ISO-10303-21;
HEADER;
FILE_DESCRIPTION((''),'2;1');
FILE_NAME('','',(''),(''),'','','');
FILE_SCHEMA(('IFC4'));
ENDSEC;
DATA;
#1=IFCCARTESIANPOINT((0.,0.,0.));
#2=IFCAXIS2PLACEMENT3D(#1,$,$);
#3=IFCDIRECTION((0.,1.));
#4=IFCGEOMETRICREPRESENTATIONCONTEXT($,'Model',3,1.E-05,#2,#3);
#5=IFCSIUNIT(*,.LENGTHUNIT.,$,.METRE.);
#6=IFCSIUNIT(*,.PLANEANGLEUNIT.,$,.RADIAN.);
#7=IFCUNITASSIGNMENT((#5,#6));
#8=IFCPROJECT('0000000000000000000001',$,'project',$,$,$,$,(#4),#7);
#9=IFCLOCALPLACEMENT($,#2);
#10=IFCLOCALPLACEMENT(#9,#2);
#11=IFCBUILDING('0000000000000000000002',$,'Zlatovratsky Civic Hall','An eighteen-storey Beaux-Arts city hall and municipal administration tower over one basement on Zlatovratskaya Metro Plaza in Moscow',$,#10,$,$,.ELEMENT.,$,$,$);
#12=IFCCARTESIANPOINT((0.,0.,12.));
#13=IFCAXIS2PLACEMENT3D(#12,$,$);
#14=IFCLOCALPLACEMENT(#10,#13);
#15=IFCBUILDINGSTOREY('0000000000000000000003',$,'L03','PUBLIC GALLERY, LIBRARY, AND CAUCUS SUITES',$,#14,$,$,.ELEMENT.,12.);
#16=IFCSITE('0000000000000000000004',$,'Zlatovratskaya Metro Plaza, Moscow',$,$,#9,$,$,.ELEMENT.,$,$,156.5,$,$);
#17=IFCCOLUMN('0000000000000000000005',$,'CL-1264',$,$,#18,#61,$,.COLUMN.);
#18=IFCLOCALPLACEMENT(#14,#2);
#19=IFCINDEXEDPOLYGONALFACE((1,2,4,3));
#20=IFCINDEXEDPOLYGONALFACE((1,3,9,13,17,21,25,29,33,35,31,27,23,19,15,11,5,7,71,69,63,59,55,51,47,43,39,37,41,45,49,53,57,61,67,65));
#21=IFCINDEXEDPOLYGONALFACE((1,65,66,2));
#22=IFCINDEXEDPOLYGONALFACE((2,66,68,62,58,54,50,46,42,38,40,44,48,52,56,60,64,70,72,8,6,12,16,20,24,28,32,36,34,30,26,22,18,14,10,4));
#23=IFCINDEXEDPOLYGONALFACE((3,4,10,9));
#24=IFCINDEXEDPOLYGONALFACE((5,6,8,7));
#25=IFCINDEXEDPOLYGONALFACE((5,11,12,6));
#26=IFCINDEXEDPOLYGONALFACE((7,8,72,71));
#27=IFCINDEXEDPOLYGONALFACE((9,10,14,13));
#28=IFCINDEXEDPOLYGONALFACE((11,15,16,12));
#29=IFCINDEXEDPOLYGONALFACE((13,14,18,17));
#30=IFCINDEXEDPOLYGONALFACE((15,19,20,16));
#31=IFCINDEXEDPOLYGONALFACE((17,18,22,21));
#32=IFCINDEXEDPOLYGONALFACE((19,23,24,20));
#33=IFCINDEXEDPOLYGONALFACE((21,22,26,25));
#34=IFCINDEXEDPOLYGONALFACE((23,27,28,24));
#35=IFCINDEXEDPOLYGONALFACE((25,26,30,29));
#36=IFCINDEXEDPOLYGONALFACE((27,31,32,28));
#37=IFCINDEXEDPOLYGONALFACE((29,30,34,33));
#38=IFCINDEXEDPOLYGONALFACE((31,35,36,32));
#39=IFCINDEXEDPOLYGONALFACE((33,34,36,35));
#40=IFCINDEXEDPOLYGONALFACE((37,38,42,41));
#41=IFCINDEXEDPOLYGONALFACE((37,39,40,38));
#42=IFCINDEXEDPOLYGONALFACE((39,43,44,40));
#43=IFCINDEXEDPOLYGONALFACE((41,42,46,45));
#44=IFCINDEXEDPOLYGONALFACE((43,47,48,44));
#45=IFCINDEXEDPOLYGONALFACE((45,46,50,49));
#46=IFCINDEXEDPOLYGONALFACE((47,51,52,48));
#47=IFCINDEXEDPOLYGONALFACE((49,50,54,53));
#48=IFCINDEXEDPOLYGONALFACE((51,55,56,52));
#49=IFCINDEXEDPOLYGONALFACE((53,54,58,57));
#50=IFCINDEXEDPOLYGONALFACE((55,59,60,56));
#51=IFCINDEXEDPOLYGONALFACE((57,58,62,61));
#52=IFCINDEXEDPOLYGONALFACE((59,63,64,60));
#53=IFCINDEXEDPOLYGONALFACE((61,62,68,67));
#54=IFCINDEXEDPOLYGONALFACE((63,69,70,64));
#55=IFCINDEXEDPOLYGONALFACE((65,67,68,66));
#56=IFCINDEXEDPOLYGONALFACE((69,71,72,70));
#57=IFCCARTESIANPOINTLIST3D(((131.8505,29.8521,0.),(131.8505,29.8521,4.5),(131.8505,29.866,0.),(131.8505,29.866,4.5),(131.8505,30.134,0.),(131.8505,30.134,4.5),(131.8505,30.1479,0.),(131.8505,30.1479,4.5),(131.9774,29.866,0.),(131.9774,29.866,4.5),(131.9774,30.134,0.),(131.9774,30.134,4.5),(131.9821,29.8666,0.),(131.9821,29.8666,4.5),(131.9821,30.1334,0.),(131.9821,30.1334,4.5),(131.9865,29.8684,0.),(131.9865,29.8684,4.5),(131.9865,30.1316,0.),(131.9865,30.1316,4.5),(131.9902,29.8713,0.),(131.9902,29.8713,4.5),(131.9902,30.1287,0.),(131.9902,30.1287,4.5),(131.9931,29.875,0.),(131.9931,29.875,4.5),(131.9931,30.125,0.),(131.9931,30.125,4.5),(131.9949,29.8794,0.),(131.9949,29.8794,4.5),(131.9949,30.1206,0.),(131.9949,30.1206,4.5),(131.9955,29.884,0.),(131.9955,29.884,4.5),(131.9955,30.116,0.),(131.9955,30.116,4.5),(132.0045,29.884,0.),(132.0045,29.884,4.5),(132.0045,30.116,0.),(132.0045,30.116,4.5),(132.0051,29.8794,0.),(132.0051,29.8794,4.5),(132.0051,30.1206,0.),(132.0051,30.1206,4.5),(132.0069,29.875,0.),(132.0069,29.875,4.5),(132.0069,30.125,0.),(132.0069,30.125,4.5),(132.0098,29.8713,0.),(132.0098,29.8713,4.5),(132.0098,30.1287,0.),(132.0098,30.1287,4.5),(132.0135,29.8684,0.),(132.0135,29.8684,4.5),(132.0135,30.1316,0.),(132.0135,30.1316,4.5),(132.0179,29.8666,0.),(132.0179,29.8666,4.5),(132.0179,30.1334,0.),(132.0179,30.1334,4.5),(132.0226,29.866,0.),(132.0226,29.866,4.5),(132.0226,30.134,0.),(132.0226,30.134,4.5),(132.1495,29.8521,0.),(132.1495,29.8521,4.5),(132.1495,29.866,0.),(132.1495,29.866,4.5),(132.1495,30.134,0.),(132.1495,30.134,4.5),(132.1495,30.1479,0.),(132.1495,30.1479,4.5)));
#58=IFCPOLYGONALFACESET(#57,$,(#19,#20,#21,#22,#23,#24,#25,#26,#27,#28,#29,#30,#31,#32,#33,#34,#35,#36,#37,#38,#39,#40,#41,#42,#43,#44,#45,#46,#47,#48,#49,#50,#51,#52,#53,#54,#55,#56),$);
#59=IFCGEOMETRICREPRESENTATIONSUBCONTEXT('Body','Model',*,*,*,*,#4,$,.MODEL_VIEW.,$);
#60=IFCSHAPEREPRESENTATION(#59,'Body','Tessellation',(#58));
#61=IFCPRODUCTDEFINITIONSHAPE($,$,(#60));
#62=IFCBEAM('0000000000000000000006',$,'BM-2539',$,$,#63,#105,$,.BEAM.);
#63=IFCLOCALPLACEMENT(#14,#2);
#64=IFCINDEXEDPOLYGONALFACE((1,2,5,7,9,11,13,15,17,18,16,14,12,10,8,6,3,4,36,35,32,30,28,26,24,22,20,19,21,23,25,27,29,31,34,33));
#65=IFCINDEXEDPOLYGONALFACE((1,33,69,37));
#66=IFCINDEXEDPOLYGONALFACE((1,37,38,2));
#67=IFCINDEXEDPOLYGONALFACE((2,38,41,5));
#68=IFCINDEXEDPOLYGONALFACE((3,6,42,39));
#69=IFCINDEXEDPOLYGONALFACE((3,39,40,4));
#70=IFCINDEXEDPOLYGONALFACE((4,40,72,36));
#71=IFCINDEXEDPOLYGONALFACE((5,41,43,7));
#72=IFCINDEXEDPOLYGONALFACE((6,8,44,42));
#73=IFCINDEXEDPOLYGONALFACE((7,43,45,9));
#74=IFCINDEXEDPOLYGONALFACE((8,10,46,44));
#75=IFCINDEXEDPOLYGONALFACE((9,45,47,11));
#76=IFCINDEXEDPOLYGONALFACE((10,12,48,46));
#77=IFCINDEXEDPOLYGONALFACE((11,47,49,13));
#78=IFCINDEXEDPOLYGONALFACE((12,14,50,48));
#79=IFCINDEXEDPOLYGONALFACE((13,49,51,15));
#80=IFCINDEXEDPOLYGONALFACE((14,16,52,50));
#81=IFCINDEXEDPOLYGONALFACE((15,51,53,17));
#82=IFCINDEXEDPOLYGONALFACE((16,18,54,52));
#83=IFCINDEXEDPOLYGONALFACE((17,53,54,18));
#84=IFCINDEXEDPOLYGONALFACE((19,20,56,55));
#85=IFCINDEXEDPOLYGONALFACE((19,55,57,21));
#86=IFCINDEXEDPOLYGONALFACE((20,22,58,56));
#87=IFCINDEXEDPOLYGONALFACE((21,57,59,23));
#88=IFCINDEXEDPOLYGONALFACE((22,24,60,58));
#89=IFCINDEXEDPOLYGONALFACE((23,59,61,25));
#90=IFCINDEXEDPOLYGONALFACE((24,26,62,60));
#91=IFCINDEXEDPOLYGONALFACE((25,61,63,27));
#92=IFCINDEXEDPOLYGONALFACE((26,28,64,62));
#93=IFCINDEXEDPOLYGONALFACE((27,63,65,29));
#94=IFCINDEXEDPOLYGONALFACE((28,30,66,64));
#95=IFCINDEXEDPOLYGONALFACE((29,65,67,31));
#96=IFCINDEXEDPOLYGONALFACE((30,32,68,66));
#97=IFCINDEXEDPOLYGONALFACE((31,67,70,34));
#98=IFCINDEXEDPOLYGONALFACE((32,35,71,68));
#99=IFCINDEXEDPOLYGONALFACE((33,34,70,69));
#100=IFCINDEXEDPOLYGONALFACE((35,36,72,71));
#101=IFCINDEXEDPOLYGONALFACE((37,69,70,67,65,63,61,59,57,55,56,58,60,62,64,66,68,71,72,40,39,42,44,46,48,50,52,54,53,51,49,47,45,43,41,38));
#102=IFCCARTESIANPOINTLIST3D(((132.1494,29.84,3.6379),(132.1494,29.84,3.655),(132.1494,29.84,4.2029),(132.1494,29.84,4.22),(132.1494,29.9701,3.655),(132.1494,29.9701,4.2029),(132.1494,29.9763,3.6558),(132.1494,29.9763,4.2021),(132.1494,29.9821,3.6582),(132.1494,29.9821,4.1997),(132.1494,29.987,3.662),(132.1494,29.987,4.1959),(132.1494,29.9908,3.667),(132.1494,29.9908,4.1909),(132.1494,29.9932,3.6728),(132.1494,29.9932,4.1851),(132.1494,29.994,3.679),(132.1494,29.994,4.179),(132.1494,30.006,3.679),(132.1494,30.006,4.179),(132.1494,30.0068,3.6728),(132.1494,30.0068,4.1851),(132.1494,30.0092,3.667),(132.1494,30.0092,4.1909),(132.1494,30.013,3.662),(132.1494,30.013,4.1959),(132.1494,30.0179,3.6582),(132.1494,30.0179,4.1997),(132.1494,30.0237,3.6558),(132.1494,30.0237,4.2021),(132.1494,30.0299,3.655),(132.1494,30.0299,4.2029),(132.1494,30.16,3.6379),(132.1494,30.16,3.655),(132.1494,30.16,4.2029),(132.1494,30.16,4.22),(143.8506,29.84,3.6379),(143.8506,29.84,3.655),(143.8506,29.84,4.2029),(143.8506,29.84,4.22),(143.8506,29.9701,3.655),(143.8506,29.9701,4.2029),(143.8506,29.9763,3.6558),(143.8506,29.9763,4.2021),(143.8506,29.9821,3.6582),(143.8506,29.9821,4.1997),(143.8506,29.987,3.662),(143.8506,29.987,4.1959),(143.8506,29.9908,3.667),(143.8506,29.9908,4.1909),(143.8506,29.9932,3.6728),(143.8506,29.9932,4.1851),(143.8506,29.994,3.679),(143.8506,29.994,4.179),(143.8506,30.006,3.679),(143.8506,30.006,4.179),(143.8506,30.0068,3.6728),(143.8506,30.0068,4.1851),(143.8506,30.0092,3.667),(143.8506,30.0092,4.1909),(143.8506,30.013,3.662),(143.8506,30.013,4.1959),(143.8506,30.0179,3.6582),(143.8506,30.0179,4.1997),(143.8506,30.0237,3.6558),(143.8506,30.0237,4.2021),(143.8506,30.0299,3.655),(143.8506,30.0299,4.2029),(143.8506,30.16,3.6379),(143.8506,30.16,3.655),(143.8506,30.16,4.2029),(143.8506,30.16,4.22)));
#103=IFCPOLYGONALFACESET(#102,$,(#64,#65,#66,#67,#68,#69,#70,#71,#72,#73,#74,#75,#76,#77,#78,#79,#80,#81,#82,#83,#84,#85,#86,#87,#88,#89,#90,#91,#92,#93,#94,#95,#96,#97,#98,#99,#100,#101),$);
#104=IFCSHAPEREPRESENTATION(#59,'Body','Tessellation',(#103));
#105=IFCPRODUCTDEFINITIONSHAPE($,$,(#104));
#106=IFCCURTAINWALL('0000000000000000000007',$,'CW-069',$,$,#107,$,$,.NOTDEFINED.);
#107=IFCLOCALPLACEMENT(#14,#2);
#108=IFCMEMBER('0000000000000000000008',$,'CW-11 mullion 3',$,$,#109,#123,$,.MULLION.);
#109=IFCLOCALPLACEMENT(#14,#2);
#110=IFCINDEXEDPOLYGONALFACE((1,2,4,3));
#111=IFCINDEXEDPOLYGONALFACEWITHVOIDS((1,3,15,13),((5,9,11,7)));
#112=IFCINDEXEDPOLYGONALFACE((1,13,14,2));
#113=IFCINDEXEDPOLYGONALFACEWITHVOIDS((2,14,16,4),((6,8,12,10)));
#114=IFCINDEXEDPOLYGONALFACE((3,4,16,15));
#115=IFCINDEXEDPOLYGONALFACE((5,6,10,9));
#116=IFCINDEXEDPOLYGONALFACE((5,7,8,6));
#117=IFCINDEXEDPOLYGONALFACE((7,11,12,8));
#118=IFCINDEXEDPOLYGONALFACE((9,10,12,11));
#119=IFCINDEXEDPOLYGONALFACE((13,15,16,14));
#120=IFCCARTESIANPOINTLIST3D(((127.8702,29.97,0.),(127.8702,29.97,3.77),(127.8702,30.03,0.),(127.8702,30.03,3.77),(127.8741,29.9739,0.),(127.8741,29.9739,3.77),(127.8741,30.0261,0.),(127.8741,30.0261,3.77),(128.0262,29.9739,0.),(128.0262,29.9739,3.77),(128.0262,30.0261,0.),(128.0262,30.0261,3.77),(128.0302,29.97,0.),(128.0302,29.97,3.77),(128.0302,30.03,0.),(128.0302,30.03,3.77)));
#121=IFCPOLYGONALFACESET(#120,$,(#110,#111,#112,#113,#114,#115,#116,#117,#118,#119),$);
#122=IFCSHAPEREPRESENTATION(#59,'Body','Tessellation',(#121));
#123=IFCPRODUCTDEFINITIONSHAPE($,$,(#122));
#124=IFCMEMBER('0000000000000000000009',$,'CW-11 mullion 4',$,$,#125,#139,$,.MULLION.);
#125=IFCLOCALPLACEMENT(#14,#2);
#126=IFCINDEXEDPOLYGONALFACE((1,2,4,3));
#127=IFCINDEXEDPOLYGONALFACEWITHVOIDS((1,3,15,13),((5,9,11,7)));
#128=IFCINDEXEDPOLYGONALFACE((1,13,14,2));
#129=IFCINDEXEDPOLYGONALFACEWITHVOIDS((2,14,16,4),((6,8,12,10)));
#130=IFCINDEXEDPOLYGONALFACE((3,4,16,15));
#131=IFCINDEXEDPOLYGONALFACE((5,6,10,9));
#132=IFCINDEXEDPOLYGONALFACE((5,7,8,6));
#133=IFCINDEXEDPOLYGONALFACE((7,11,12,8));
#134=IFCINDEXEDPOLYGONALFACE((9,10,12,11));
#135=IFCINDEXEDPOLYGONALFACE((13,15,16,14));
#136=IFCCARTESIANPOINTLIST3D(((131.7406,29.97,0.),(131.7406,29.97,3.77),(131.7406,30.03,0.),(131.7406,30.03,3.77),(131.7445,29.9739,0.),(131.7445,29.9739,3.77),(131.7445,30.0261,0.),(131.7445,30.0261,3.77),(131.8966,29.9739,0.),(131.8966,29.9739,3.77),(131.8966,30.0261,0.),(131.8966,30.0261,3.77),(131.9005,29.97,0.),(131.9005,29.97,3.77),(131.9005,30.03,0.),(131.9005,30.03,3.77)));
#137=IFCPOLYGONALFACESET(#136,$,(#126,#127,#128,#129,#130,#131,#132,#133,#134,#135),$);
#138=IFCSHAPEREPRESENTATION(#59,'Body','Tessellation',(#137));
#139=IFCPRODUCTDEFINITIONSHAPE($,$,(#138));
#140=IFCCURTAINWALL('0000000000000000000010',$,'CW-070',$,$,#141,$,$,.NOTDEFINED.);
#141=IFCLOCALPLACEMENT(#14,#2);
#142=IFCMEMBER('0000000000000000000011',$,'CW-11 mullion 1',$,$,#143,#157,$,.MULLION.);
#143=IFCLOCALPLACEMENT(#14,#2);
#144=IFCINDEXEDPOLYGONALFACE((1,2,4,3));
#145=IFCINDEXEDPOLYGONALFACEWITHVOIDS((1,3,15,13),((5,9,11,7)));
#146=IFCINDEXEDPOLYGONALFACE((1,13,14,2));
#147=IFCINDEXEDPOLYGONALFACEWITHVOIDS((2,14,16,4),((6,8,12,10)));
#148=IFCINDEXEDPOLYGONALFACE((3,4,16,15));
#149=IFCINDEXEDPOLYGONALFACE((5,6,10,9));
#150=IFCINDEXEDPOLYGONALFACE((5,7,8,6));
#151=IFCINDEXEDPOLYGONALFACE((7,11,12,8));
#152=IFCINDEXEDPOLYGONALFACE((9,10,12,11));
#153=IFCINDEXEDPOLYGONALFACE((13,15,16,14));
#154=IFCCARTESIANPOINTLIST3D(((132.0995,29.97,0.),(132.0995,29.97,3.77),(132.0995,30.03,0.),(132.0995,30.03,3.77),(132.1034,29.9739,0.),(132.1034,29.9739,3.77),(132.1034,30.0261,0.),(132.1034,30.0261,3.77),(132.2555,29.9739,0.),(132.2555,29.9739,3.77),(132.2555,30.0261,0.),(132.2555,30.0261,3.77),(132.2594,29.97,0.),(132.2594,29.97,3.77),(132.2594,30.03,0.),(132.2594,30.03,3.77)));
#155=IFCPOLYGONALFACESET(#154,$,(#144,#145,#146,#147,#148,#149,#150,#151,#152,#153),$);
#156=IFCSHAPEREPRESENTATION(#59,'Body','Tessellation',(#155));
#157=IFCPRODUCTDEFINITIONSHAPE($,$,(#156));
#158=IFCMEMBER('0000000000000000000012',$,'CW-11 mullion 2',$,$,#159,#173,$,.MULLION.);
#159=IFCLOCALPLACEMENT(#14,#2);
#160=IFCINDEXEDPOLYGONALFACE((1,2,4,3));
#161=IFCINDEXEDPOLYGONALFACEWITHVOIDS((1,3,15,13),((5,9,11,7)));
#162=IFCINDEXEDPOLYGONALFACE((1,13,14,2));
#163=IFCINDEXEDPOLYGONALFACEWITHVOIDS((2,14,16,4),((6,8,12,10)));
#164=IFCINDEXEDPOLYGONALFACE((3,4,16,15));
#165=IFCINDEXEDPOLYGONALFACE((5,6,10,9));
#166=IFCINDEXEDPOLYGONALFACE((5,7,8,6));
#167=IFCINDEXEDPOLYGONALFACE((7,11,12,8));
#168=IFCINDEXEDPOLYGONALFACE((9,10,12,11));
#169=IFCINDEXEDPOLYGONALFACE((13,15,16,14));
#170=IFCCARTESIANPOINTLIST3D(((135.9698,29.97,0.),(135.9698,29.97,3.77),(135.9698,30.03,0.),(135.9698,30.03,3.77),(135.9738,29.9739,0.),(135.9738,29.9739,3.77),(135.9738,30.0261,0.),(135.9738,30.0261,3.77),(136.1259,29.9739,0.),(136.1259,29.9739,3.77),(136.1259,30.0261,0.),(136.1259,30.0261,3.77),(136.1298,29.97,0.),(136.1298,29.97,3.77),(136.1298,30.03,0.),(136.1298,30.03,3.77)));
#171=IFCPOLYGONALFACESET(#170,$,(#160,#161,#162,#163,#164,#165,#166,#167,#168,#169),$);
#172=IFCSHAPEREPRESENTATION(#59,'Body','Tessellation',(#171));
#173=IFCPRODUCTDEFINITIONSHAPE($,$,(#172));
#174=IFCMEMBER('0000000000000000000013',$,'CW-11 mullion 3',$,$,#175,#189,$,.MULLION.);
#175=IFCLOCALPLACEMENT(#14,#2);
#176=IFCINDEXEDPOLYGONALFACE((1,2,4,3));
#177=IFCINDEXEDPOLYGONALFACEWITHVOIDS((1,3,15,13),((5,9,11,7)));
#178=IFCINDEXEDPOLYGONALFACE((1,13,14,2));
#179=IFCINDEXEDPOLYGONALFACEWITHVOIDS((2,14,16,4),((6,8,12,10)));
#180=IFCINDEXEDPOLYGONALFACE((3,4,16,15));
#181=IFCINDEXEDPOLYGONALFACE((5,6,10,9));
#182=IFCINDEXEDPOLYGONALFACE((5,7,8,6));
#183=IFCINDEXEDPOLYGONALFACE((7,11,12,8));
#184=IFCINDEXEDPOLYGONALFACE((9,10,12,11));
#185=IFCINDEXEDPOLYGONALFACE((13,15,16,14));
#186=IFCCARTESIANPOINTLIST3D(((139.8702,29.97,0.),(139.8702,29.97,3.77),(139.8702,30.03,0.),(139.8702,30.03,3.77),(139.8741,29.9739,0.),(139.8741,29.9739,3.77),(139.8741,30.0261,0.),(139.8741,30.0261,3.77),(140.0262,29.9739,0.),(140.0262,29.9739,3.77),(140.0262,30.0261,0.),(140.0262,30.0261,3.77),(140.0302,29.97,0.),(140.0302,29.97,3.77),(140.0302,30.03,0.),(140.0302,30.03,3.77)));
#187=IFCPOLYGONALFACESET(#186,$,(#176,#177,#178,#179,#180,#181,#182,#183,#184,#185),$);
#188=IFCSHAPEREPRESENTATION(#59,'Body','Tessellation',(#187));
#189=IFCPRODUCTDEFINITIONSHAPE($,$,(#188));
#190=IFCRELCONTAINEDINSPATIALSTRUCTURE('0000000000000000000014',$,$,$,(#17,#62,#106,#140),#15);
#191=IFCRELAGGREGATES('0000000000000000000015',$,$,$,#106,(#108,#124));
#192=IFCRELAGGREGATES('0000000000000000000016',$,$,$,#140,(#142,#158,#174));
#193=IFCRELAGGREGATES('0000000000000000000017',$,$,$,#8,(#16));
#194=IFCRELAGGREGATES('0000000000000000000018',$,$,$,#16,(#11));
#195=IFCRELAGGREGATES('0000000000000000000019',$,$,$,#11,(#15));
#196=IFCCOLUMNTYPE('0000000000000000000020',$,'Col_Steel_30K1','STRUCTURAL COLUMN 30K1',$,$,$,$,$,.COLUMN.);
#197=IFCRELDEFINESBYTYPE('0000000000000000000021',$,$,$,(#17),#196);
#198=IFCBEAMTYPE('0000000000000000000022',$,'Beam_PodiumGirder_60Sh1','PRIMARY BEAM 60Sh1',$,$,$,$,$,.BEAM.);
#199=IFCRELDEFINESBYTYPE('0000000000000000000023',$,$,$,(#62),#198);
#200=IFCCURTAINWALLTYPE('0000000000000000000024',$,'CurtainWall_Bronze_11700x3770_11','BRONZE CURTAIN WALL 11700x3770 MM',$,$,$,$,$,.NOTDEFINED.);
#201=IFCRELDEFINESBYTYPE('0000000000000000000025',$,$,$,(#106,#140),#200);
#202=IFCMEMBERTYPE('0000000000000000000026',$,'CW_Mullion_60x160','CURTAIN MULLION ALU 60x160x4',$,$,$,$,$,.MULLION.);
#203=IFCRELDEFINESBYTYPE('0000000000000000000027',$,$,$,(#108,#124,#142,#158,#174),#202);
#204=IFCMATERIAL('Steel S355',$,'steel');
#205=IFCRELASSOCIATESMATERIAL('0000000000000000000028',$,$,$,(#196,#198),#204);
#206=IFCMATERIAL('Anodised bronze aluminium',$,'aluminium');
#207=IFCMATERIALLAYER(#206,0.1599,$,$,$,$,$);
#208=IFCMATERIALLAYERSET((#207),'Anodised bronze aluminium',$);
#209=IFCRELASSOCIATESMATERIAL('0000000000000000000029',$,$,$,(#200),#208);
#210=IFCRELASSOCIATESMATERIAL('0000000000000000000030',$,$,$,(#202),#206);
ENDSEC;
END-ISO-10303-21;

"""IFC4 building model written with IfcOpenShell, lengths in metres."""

from ifc_helpers import new_model, si_unit, direction, frame, origin, origin_2d, place, context, subcontext, project, spatial, hollow_rectangle, i_section, extrude, material, layer, layer_set, material_profile, profile_set, type_object, element, aggregate, save


model = new_model("IFC4")

# Units and contexts
model_context = context("Model", 3, precision=1e-05, world=origin(), true_north=direction((0.0, 1.0)))
body_context = subcontext(model_context, "Body", "Model", "MODEL_VIEW")
ifc_project = project(units=[si_unit("LENGTHUNIT", "METRE"), si_unit("PLANEANGLEUNIT", "RADIAN")], contexts=[model_context])

# Site, building, storey
site_placement = place(None, origin())
site = spatial("IfcSite", under=ifc_project, at=site_placement, Name="Zlatovratskaya Metro Plaza, Moscow", CompositionType="ELEMENT", RefElevation=156.5)
building_placement = place(site_placement, origin())
building = spatial("IfcBuilding", under=site, at=building_placement, Name="Zlatovratsky Civic Hall", Description="An eighteen-storey Beaux-Arts city hall and municipal administration tower over one basement on Zlatovratskaya Metro Plaza in Moscow", CompositionType="ELEMENT")
storey_placement = place(building_placement, frame((0.0, 0.0, 12.0)))
storey = spatial("IfcBuildingStorey", under=building, at=storey_placement, Name="L03", Description="PUBLIC GALLERY, LIBRARY, AND CAUCUS SUITES", CompositionType="ELEMENT", Elevation=12.0)

# Column
ifc_material_1 = material(Name="Steel S355", Category="steel")
ifc_material_profile_1 = material_profile(ifc_material_1, i_section(OverallWidth=0.2991, OverallDepth=0.2959, WebThickness=0.009, FlangeThickness=0.0139, FilletRadius=0.0181, at=origin_2d()), Name="30K1")
ifc_profile_set_1 = profile_set([ifc_material_profile_1], Name="Steel S355")
column_type = type_object("IfcColumnType", Name="Col_Steel_30K1", Description="STRUCTURAL COLUMN 30K1", PredefinedType="COLUMN", material=ifc_profile_set_1)
column_placement = place(storey_placement, frame((132.0, 30.0, 0.0), z_axis=(0.0, 0.0, 1.0), x_axis=(1.0, 0.0, 0.0)))
element("IfcColumn", 1, at=column_placement, inside=storey, type_object=column_type, Name="CL-1264", PredefinedType="COLUMN", context=body_context, shape_type="SweptSolid", body=[
    extrude(i_section(OverallWidth=0.2991, OverallDepth=0.2959, WebThickness=0.009, FlangeThickness=0.0139, FilletRadius=0.0181, at=origin_2d()), origin(), (0.0, 0.0, 1.0), 4.5),
])

# Beam
ifc_material_profile_2 = material_profile(ifc_material_1, i_section(OverallWidth=0.3201, OverallDepth=0.582, WebThickness=0.012, FlangeThickness=0.0171, FilletRadius=0.0239, at=origin_2d()), Name="60Sh1")
ifc_profile_set_2 = profile_set([ifc_material_profile_2], Name="Steel S355")
beam_type = type_object("IfcBeamType", Name="Beam_PodiumGirder_60Sh1", Description="PRIMARY BEAM 60Sh1", PredefinedType="BEAM", material=ifc_profile_set_2)
beam_placement = place(storey_placement, frame((132.1494, 30.0, 3.929), z_axis=(1.0, 0.0, 0.0), x_axis=(0.0, 1.0, 0.0)))
element("IfcBeam", 2, at=beam_placement, inside=storey, type_object=beam_type, Name="BM-2539", PredefinedType="BEAM", context=body_context, shape_type="SweptSolid", body=[
    extrude(i_section(OverallWidth=0.3201, OverallDepth=0.582, WebThickness=0.012, FlangeThickness=0.0171, FilletRadius=0.0239, at=origin_2d()), origin(), (0.0, 0.0, 1.0), 11.7012),
])

# Curtain walls, members
ifc_material_2 = material(Name="Anodised bronze aluminium", Category="aluminium")
ifc_layer_1 = layer(ifc_material_2, 0.1599)
ifc_layer_set_1 = layer_set([ifc_layer_1], Name="Anodised bronze aluminium")
curtain_wall_type = type_object("IfcCurtainWallType", Name="CurtainWall_Bronze_11700x3770_11", Description="BRONZE CURTAIN WALL 11700x3770 MM", PredefinedType="NOTDEFINED", material=ifc_layer_set_1)
curtain_wall_1_placement = place(storey_placement, origin())
curtain_wall_1 = element("IfcCurtainWall", 3, at=curtain_wall_1_placement, inside=storey, type_object=curtain_wall_type, Name="CW-069", PredefinedType="NOTDEFINED")
ifc_material_profile_3 = material_profile(ifc_material_2, hollow_rectangle(XDim=0.0601, YDim=0.1599, WallThickness=0.0039, at=origin_2d()), Name="ALU 60x160x4")
ifc_profile_set_3 = profile_set([ifc_material_profile_3], Name="Anodised bronze aluminium")
member_type_1 = type_object("IfcMemberType", Name="CW_Mullion_60x160", Description="CURTAIN MULLION ALU 60x160x4", PredefinedType="MULLION", material=ifc_profile_set_3)
member_1_placement = place(storey_placement, frame((127.9502, 30.0, 0.0), z_axis=(0.0, 0.0, 1.0), x_axis=(0.0, 1.0, 0.0)))
member_1 = element("IfcMember", 4, at=member_1_placement, type_object=member_type_1, Name="CW-11 mullion 3", PredefinedType="MULLION", context=body_context, shape_type="SweptSolid", body=[
    extrude(hollow_rectangle(XDim=0.0601, YDim=0.1599, WallThickness=0.0039, at=origin_2d()), origin(), (0.0, 0.0, 1.0), 3.77),
])
member_2_placement = place(storey_placement, frame((131.8206, 30.0, 0.0), z_axis=(0.0, 0.0, 1.0), x_axis=(0.0, 1.0, 0.0)))
member_2 = element("IfcMember", 5, at=member_2_placement, type_object=member_type_1, Name="CW-11 mullion 4", PredefinedType="MULLION", context=body_context, shape_type="SweptSolid", body=[
    extrude(hollow_rectangle(XDim=0.0601, YDim=0.1599, WallThickness=0.0039, at=origin_2d()), origin(), (0.0, 0.0, 1.0), 3.77),
])
curtain_wall_2_placement = place(storey_placement, origin())
curtain_wall_2 = element("IfcCurtainWall", 6, at=curtain_wall_2_placement, inside=storey, type_object=curtain_wall_type, Name="CW-070", PredefinedType="NOTDEFINED")
member_3_placement = place(storey_placement, frame((132.1794, 30.0, 0.0), z_axis=(0.0, 0.0, 1.0), x_axis=(0.0, 1.0, 0.0)))
member_3 = element("IfcMember", 7, at=member_3_placement, type_object=member_type_1, Name="CW-11 mullion 1", PredefinedType="MULLION", context=body_context, shape_type="SweptSolid", body=[
    extrude(hollow_rectangle(XDim=0.0601, YDim=0.1599, WallThickness=0.0039, at=origin_2d()), origin(), (0.0, 0.0, 1.0), 3.77),
])
member_4_placement = place(storey_placement, frame((136.0498, 30.0, 0.0), z_axis=(0.0, 0.0, 1.0), x_axis=(0.0, 1.0, 0.0)))
member_4 = element("IfcMember", 8, at=member_4_placement, type_object=member_type_1, Name="CW-11 mullion 2", PredefinedType="MULLION", context=body_context, shape_type="SweptSolid", body=[
    extrude(hollow_rectangle(XDim=0.0601, YDim=0.1599, WallThickness=0.0039, at=origin_2d()), origin(), (0.0, 0.0, 1.0), 3.77),
])
member_5_placement = place(storey_placement, frame((139.9502, 30.0, 0.0), z_axis=(0.0, 0.0, 1.0), x_axis=(0.0, 1.0, 0.0)))
member_5 = element("IfcMember", 9, at=member_5_placement, type_object=member_type_1, Name="CW-11 mullion 3", PredefinedType="MULLION", context=body_context, shape_type="SweptSolid", body=[
    extrude(hollow_rectangle(XDim=0.0601, YDim=0.1599, WallThickness=0.0039, at=origin_2d()), origin(), (0.0, 0.0, 1.0), 3.77),
])

aggregate(curtain_wall_1, [member_1, member_2])
aggregate(curtain_wall_2, [member_3, member_4, member_5])

save(model, "model.ifc")
